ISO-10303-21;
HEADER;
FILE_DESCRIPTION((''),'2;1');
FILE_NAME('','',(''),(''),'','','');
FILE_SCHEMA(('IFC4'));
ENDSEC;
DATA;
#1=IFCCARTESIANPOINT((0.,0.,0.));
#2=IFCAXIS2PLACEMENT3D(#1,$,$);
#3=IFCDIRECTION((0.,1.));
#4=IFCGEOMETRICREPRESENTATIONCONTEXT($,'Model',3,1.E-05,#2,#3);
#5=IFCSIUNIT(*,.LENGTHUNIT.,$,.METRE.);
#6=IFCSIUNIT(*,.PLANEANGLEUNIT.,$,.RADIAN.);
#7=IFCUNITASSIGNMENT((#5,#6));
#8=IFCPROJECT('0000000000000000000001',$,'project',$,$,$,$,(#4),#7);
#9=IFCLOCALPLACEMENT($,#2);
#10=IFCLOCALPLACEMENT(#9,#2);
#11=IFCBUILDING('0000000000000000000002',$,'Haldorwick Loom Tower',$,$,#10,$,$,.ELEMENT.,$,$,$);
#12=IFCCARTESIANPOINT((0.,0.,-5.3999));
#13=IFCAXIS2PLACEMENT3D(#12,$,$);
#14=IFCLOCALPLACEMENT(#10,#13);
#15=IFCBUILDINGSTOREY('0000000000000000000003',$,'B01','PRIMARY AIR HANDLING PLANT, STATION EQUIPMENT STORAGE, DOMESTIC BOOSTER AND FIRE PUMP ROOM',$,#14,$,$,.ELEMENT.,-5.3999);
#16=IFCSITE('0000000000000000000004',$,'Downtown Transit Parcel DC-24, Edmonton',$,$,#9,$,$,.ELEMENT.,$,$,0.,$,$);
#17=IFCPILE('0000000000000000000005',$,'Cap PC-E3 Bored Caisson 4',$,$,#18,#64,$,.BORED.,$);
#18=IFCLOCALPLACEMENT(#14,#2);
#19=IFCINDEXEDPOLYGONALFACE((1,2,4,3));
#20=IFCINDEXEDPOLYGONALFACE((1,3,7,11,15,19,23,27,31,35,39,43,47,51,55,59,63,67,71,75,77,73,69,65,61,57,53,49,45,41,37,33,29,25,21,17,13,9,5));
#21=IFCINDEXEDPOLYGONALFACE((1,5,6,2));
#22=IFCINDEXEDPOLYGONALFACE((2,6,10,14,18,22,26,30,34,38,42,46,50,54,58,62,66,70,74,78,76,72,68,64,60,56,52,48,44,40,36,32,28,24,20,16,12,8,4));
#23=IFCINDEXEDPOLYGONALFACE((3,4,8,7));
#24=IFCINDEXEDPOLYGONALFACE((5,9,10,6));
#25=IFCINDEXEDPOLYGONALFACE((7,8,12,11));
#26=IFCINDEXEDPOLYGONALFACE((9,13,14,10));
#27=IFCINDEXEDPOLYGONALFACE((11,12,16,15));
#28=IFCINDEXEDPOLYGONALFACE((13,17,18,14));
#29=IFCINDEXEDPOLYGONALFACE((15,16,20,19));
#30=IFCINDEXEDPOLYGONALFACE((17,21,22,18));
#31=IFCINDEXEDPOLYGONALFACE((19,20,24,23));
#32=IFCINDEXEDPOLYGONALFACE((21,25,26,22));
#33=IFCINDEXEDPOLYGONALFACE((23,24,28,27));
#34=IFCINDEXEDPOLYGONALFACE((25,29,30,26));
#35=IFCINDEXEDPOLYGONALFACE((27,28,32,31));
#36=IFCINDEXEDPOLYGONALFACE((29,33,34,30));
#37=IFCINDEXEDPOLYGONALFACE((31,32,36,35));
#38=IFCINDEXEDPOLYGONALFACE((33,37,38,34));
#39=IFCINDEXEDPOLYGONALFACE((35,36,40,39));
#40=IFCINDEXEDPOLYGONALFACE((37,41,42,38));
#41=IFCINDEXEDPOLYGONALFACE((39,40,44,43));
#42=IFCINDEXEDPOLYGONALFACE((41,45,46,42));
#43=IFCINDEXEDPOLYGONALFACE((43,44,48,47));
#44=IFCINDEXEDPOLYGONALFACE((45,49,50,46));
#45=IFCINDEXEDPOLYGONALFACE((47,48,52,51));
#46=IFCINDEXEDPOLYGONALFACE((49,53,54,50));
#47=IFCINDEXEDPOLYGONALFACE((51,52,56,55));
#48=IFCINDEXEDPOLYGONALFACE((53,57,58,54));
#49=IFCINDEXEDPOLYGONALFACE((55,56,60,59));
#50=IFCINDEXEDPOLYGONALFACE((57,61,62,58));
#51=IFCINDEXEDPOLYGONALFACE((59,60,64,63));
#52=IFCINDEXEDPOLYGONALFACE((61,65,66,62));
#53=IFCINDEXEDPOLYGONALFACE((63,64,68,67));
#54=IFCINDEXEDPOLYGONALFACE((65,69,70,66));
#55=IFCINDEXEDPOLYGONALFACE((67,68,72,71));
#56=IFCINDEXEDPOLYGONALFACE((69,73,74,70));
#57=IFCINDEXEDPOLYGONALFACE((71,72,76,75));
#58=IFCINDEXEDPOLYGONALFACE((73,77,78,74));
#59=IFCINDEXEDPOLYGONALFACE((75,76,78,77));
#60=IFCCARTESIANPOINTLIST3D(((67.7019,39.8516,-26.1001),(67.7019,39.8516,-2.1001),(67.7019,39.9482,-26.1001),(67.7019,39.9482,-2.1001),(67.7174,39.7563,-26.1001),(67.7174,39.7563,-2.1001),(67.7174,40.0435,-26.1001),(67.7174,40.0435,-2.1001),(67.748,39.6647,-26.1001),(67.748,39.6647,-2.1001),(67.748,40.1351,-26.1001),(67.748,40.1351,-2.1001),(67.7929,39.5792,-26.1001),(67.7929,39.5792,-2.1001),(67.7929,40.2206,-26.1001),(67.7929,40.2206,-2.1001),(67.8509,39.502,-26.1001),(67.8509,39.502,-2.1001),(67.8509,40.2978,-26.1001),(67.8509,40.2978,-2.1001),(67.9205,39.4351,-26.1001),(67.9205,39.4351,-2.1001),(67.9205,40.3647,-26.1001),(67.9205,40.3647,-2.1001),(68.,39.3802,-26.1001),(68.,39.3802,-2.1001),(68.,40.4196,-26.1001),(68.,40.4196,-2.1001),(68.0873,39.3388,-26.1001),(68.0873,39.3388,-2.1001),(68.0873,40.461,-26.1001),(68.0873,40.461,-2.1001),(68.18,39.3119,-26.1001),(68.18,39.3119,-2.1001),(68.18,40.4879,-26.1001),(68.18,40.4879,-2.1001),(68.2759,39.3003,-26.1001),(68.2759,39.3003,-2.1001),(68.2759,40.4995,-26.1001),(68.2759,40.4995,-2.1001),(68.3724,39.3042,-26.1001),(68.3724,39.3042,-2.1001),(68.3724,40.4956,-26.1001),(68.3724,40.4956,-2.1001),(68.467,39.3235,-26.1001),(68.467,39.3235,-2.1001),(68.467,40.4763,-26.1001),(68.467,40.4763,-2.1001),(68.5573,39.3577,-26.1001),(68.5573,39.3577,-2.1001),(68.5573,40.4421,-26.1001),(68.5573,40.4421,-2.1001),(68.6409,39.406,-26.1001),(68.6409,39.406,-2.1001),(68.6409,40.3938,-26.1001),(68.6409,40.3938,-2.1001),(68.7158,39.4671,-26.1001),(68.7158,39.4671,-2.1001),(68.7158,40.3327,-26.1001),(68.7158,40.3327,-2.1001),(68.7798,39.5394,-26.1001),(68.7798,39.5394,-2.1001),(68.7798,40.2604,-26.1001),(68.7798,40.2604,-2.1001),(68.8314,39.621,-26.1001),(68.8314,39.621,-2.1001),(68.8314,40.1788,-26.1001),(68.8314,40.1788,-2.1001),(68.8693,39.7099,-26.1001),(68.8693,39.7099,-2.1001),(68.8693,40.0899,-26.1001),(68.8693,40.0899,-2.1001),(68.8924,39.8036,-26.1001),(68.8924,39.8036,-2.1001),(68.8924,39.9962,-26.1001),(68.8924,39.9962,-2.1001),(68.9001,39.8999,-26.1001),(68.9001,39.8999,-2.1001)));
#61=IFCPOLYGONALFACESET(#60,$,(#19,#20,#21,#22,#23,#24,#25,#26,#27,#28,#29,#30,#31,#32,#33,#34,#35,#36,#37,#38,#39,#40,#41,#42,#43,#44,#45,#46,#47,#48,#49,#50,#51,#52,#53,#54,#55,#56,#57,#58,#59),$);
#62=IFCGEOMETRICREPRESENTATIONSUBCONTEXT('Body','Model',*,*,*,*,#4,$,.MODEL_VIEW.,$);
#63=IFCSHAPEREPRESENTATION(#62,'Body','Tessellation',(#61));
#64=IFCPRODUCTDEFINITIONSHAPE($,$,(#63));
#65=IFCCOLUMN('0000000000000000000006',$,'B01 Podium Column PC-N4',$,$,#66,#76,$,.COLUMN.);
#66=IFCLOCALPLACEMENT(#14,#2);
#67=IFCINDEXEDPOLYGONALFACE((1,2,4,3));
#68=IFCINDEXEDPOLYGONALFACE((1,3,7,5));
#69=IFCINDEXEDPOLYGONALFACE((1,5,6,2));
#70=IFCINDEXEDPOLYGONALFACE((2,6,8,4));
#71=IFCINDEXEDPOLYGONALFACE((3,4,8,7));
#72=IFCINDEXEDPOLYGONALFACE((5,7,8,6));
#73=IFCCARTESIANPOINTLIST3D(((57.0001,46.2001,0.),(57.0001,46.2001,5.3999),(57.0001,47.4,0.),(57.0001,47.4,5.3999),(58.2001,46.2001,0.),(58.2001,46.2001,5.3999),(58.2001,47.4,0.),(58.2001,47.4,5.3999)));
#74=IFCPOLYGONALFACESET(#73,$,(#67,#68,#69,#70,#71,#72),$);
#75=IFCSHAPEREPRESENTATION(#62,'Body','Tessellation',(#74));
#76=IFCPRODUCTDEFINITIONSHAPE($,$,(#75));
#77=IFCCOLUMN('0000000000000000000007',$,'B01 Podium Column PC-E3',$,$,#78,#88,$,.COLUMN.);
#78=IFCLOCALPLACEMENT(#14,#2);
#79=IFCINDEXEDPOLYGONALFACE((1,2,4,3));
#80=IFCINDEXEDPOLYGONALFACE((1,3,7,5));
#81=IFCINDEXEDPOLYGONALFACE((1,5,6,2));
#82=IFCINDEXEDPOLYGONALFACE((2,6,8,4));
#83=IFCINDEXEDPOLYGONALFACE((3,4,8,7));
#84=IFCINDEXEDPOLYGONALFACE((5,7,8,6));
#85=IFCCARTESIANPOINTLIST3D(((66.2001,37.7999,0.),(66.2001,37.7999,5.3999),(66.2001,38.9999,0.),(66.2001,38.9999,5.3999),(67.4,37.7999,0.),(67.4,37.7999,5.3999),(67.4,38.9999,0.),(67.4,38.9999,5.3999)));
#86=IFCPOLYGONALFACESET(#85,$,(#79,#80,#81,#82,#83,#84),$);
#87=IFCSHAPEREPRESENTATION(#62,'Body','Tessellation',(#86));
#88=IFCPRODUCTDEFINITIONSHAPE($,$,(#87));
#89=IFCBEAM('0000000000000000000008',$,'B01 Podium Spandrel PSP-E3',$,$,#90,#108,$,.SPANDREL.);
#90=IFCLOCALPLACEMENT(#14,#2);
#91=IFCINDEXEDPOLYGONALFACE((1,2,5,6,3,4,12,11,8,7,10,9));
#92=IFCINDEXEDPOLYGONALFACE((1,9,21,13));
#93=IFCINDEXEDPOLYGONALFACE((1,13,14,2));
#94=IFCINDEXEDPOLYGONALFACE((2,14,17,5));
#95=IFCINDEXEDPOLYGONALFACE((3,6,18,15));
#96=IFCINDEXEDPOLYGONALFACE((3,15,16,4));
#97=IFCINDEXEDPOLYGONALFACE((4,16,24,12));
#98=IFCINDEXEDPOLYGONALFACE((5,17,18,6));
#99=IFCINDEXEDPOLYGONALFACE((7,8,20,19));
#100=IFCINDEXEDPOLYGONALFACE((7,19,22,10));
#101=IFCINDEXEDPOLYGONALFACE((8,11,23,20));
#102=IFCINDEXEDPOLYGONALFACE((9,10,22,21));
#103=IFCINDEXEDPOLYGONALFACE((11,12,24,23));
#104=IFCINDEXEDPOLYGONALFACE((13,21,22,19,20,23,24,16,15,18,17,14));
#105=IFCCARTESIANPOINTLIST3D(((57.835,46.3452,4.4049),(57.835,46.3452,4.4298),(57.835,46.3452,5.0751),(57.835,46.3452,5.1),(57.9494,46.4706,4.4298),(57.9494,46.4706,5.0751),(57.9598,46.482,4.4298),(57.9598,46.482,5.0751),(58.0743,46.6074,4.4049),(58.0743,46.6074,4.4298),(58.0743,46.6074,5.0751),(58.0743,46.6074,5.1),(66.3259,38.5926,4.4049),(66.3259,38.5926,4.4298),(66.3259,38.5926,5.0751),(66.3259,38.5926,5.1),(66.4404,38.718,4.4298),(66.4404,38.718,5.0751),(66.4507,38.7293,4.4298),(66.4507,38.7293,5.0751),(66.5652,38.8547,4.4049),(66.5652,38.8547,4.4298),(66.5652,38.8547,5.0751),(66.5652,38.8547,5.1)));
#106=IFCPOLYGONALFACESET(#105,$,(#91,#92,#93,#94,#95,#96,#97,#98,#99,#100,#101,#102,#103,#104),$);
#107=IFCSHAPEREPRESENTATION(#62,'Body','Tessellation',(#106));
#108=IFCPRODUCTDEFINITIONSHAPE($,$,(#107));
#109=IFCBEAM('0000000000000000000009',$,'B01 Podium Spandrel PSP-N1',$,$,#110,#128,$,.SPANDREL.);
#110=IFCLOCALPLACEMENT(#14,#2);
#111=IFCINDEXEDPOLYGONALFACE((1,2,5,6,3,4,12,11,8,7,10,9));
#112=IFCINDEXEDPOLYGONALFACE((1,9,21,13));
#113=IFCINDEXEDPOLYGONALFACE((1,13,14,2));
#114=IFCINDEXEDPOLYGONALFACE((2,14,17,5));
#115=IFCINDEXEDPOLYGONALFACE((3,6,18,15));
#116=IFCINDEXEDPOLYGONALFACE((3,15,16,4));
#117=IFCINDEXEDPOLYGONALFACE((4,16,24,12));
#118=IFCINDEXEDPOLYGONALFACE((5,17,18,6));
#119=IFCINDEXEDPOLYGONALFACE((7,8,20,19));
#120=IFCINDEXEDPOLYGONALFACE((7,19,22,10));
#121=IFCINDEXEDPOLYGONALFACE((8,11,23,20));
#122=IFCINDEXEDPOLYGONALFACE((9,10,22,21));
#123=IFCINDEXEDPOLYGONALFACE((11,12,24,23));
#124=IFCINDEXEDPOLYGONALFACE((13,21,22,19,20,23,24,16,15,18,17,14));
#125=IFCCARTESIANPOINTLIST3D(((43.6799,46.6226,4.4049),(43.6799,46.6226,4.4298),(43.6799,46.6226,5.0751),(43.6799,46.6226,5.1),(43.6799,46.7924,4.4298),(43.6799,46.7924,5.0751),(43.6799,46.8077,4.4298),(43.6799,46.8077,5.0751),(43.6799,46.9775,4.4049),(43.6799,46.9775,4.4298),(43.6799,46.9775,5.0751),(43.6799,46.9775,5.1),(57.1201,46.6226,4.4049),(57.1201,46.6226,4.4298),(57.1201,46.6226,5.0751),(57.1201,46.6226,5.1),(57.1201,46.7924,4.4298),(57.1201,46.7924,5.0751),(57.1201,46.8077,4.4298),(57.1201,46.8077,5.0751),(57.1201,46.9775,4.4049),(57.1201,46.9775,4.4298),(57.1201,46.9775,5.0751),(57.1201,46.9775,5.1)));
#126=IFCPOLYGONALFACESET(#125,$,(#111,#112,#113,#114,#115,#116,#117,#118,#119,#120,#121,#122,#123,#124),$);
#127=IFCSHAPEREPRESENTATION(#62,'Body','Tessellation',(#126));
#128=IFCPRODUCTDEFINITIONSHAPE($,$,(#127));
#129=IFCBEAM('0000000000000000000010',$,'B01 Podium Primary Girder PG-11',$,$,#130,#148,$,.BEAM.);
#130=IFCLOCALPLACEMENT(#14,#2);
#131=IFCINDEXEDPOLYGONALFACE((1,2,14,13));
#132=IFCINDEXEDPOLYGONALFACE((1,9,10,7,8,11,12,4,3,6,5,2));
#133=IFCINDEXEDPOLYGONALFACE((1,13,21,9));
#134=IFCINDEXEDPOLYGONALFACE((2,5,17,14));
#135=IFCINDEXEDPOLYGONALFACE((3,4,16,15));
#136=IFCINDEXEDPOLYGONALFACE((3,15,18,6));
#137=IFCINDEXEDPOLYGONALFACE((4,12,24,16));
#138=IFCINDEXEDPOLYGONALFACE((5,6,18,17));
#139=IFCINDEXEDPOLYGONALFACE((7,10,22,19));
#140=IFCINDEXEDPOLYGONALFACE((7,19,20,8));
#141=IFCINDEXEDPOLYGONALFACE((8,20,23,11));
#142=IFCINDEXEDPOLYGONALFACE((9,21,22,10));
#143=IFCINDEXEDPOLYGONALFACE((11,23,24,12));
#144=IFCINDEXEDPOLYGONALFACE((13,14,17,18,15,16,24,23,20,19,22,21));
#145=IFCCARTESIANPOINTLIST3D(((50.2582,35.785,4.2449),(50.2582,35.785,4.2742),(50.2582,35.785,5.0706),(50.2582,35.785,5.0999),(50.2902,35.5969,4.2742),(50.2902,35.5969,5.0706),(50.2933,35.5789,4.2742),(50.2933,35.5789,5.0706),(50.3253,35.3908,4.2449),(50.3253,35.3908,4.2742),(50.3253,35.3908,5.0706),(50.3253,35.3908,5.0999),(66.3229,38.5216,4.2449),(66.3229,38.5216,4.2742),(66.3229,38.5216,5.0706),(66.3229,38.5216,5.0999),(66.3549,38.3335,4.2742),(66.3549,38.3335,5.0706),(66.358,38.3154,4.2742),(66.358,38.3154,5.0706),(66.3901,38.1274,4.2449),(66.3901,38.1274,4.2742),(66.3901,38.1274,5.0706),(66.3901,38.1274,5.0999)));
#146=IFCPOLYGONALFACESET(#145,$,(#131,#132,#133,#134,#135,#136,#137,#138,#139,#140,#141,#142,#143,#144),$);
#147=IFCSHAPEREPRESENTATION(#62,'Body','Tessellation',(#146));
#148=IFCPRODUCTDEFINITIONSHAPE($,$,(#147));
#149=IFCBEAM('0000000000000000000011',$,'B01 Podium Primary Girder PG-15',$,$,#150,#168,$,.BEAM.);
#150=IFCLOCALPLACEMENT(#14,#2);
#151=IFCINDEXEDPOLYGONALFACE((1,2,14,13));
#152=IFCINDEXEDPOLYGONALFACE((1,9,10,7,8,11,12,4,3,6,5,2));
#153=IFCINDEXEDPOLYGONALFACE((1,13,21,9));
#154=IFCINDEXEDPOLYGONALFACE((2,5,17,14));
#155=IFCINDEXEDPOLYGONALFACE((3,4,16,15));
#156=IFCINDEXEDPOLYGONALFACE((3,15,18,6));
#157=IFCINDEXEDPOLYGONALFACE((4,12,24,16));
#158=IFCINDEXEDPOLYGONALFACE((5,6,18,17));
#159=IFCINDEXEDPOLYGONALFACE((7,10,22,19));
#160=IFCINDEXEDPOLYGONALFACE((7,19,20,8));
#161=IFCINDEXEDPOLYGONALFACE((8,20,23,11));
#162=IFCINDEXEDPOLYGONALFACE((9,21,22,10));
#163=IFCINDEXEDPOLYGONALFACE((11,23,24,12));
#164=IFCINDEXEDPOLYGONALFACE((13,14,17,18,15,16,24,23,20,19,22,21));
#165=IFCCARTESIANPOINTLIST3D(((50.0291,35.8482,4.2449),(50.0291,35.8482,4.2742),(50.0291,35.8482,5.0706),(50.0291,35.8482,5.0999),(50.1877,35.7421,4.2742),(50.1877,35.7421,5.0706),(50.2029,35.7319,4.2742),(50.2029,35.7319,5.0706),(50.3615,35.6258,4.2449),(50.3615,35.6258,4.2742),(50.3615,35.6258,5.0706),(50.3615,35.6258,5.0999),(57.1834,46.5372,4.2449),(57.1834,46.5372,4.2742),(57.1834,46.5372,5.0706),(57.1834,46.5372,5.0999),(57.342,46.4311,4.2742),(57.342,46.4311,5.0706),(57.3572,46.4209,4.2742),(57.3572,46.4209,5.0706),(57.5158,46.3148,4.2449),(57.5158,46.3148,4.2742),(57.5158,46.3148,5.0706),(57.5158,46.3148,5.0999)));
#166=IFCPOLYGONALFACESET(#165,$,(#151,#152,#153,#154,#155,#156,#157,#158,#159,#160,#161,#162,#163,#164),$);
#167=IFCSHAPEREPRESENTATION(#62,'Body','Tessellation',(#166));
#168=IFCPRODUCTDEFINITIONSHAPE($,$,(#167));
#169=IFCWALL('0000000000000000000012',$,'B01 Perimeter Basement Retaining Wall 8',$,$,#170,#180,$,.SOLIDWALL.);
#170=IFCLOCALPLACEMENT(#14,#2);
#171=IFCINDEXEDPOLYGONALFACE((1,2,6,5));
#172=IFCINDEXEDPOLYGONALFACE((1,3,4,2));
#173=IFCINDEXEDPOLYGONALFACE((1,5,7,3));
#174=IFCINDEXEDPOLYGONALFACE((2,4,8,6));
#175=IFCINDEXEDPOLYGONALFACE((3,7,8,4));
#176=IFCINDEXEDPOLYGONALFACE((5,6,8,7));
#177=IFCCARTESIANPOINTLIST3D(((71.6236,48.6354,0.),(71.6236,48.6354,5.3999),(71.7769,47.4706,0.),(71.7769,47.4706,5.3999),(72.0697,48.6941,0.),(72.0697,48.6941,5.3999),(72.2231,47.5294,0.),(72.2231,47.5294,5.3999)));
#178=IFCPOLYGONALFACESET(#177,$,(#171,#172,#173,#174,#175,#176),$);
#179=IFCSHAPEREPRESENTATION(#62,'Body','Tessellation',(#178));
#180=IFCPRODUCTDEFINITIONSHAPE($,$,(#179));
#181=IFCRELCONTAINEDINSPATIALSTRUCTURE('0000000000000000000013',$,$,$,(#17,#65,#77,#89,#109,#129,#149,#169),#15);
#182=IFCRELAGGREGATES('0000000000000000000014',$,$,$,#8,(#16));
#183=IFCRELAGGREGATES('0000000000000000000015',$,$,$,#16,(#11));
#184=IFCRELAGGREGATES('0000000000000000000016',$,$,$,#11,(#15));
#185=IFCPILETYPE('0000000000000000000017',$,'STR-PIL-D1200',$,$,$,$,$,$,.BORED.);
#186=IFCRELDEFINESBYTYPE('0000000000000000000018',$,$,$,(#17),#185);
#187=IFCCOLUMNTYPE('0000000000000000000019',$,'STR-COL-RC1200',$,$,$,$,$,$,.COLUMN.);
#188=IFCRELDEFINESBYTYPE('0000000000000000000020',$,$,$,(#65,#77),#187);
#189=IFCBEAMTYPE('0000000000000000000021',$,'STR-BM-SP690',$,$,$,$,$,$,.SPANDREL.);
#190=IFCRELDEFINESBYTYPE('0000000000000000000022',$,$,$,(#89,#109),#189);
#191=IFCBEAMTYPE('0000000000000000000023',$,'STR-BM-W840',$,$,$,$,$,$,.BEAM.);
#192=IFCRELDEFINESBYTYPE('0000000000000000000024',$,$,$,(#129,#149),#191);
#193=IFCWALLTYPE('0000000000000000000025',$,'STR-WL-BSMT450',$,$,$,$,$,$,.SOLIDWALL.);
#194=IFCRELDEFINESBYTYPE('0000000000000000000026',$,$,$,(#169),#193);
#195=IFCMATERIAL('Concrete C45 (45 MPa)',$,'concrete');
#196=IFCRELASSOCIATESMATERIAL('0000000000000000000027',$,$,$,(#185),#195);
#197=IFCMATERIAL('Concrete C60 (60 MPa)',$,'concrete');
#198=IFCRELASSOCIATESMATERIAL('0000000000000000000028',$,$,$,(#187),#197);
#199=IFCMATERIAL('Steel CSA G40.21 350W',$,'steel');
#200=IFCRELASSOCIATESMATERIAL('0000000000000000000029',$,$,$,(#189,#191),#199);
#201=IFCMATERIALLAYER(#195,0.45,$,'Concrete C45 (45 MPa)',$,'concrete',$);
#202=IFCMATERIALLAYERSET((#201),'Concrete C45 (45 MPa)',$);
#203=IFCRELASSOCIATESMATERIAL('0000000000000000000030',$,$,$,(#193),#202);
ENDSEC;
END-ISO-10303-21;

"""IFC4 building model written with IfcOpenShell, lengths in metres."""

from ifc_helpers import new_model, si_unit, direction, frame, frame_2d, origin, origin_2d, place, context, subcontext, project, spatial, rectangle, circle, i_section, extrude, material, layer, layer_set, material_profile, profile_set, type_object, element, save


model = new_model("IFC4")

# Units and contexts
model_context = context("Model", 3, precision=1e-05, world=origin(), true_north=direction((0.0, 1.0)))
body_context = subcontext(model_context, "Body", "Model", "MODEL_VIEW")
ifc_project = project(units=[si_unit("LENGTHUNIT", "METRE"), si_unit("PLANEANGLEUNIT", "RADIAN")], contexts=[model_context])

# Site, building, storey
site_placement = place(None, origin())
site = spatial("IfcSite", under=ifc_project, at=site_placement, Name="Downtown Transit Parcel DC-24, Edmonton", CompositionType="ELEMENT", RefElevation=0.0)
building_placement = place(site_placement, origin())
building = spatial("IfcBuilding", under=site, at=building_placement, Name="Haldorwick Loom Tower", CompositionType="ELEMENT")
storey_placement = place(building_placement, frame((0.0, 0.0, -5.3999)))
storey = spatial("IfcBuildingStorey", under=building, at=storey_placement, Name="B01", Description="PRIMARY AIR HANDLING PLANT, STATION EQUIPMENT STORAGE, DOMESTIC BOOSTER AND FIRE PUMP ROOM", CompositionType="ELEMENT", Elevation=-5.3999)

# Shared definitions
ifc_material_1 = material(Name="Concrete C45 (45 MPa)", Category="concrete")

# Pile
ifc_material_profile_1 = material_profile(ifc_material_1, circle(Radius=0.6001, at=origin_2d()), Name="CAISSON_D1200", Category="concrete")
ifc_profile_set_1 = profile_set([ifc_material_profile_1], Name="Concrete C45 (45 MPa)")
pile_type = type_object("IfcPileType", Name="STR-PIL-D1200", PredefinedType="BORED", material=ifc_profile_set_1)
for number, where, z_axis, x_axis, name in (
    (1, (68.3, 39.8999, -2.1001), (0.0, 0.0, -1.0), (1.0, 0.0, 0.0), "Cap PC-E3 Bored Caisson 4"),
):
    element("IfcPile", number, at=place(storey_placement, frame(where, z_axis=z_axis, x_axis=x_axis)), inside=storey, type_object=pile_type, Name=name, PredefinedType="BORED", context=body_context, shape_type="SweptSolid", body=[
        extrude(circle(Radius=0.6001, at=origin_2d()), origin(), (0.0, 0.0, 1.0), 24.0),
    ])

# Columns
ifc_material_2 = material(Name="Concrete C60 (60 MPa)", Category="concrete")
ifc_material_profile_2 = material_profile(ifc_material_2, rectangle(XDim=1.2, YDim=1.2, at=origin_2d()), Name="RC1200X1200", Category="concrete")
ifc_profile_set_2 = profile_set([ifc_material_profile_2], Name="Concrete C60 (60 MPa)")
column_type = type_object("IfcColumnType", Name="STR-COL-RC1200", PredefinedType="COLUMN", material=ifc_profile_set_2)
for number, where, z_axis, x_axis, name in (
    (2, (57.6001, 46.8, 0.0), (0.0, 0.0, 1.0), (1.0, 0.0, 0.0), "B01 Podium Column PC-N4"),
    (3, (66.8, 38.3999, 0.0), (0.0, 0.0, 1.0), (1.0, 0.0, 0.0), "B01 Podium Column PC-E3"),
):
    element("IfcColumn", number, at=place(storey_placement, frame(where, z_axis=z_axis, x_axis=x_axis)), inside=storey, type_object=column_type, Name=name, PredefinedType="COLUMN", context=body_context, shape_type="SweptSolid", body=[
        extrude(rectangle(XDim=1.2, YDim=1.2, at=origin_2d()), origin(), (0.0, 0.0, 1.0), 5.3999),
    ])

# Beams
ifc_material_3 = material(Name="Steel CSA G40.21 350W", Category="steel")
ifc_material_profile_3 = material_profile(ifc_material_3, i_section(OverallWidth=0.355, OverallDepth=0.6951, WebThickness=0.0154, FlangeThickness=0.0249, at=origin_2d()), Name="W690X217", Category="steel")
ifc_profile_set_3 = profile_set([ifc_material_profile_3], Name="Steel CSA G40.21 350W")
beam_type_1 = type_object("IfcBeamType", Name="STR-BM-SP690", PredefinedType="SPANDREL", material=ifc_profile_set_3)
beam_1_placement = place(storey_placement, frame((66.4456, 38.7236, 4.7524), z_axis=(-0.738483, 0.674272, 0.0), x_axis=(-0.674272, -0.738483, 0.0)))
element("IfcBeam", 4, at=beam_1_placement, inside=storey, type_object=beam_type_1, Name="B01 Podium Spandrel PSP-E3", PredefinedType="SPANDREL", context=body_context, shape_type="SweptSolid", body=[
    extrude(i_section(OverallWidth=0.355, OverallDepth=0.6951, WebThickness=0.0154, FlangeThickness=0.0249, at=origin_2d()), origin(), (0.0, 0.0, 1.0), 11.4978),
])
beam_2_placement = place(storey_placement, frame((57.1201, 46.8, 4.7524), z_axis=(-1.0, 0.0, 0.0), x_axis=(0.0, -1.0, 0.0)))
element("IfcBeam", 5, at=beam_2_placement, inside=storey, type_object=beam_type_1, Name="B01 Podium Spandrel PSP-N1", PredefinedType="SPANDREL", context=body_context, shape_type="SweptSolid", body=[
    extrude(i_section(OverallWidth=0.355, OverallDepth=0.6951, WebThickness=0.0154, FlangeThickness=0.0249, at=origin_2d()), origin(), (0.0, 0.0, 1.0), 13.4402),
])
ifc_material_profile_4 = material_profile(ifc_material_3, i_section(OverallWidth=0.3999, OverallDepth=0.855, WebThickness=0.0183, FlangeThickness=0.0293, at=origin_2d()), Name="W840X299", Category="steel")
ifc_profile_set_4 = profile_set([ifc_material_profile_4], Name="Steel CSA G40.21 350W")
beam_type_2 = type_object("IfcBeamType", Name="STR-BM-W840", PredefinedType="BEAM", material=ifc_profile_set_4)
beam_3_placement = place(storey_placement, frame((50.2917, 35.5879, 4.6724), z_axis=(0.985799, 0.167928, 0.0), x_axis=(-0.167928, 0.985799, 0.0)))
element("IfcBeam", 6, at=beam_3_placement, inside=storey, type_object=beam_type_2, Name="B01 Podium Primary Girder PG-11", PredefinedType="BEAM", context=body_context, shape_type="SweptSolid", body=[
    extrude(i_section(OverallWidth=0.3999, OverallDepth=0.855, WebThickness=0.0183, FlangeThickness=0.0293, at=origin_2d()), origin(), (0.0, 0.0, 1.0), 16.2961),
])
beam_4_placement = place(storey_placement, frame((57.3496, 46.426, 4.6724), z_axis=(-0.556224, -0.831033, 0.0), x_axis=(0.831033, -0.556224, 0.0)))
element("IfcBeam", 7, at=beam_4_placement, inside=storey, type_object=beam_type_2, Name="B01 Podium Primary Girder PG-15", PredefinedType="BEAM", context=body_context, shape_type="SweptSolid", body=[
    extrude(i_section(OverallWidth=0.3999, OverallDepth=0.855, WebThickness=0.0183, FlangeThickness=0.0293, at=origin_2d()), origin(), (0.0, 0.0, 1.0), 12.8623),
])

# Wall
ifc_layer_1 = layer(ifc_material_1, 0.45, Name="Concrete C45 (45 MPa)", Category="concrete")
ifc_layer_set_1 = layer_set([ifc_layer_1], Name="Concrete C45 (45 MPa)")
wall_type = type_object("IfcWallType", Name="STR-WL-BSMT450", PredefinedType="SOLIDWALL", material=ifc_layer_set_1)
wall_1_placement = place(storey_placement, frame((72.0, 47.5, 0.0), z_axis=(0.0, 0.0, 1.0), x_axis=(-0.130503, 0.991448, 0.0)))
element("IfcWall", 8, at=wall_1_placement, inside=storey, type_object=wall_type, Name="B01 Perimeter Basement Retaining Wall 8", PredefinedType="SOLIDWALL", context=body_context, shape_type="SweptSolid", body=[
    extrude(rectangle(XDim=1.1748, YDim=0.45, at=frame_2d((0.5874, 0.0))), origin(), (0.0, 0.0, 1.0), 5.3999),
])

save(model, "model.ifc")
